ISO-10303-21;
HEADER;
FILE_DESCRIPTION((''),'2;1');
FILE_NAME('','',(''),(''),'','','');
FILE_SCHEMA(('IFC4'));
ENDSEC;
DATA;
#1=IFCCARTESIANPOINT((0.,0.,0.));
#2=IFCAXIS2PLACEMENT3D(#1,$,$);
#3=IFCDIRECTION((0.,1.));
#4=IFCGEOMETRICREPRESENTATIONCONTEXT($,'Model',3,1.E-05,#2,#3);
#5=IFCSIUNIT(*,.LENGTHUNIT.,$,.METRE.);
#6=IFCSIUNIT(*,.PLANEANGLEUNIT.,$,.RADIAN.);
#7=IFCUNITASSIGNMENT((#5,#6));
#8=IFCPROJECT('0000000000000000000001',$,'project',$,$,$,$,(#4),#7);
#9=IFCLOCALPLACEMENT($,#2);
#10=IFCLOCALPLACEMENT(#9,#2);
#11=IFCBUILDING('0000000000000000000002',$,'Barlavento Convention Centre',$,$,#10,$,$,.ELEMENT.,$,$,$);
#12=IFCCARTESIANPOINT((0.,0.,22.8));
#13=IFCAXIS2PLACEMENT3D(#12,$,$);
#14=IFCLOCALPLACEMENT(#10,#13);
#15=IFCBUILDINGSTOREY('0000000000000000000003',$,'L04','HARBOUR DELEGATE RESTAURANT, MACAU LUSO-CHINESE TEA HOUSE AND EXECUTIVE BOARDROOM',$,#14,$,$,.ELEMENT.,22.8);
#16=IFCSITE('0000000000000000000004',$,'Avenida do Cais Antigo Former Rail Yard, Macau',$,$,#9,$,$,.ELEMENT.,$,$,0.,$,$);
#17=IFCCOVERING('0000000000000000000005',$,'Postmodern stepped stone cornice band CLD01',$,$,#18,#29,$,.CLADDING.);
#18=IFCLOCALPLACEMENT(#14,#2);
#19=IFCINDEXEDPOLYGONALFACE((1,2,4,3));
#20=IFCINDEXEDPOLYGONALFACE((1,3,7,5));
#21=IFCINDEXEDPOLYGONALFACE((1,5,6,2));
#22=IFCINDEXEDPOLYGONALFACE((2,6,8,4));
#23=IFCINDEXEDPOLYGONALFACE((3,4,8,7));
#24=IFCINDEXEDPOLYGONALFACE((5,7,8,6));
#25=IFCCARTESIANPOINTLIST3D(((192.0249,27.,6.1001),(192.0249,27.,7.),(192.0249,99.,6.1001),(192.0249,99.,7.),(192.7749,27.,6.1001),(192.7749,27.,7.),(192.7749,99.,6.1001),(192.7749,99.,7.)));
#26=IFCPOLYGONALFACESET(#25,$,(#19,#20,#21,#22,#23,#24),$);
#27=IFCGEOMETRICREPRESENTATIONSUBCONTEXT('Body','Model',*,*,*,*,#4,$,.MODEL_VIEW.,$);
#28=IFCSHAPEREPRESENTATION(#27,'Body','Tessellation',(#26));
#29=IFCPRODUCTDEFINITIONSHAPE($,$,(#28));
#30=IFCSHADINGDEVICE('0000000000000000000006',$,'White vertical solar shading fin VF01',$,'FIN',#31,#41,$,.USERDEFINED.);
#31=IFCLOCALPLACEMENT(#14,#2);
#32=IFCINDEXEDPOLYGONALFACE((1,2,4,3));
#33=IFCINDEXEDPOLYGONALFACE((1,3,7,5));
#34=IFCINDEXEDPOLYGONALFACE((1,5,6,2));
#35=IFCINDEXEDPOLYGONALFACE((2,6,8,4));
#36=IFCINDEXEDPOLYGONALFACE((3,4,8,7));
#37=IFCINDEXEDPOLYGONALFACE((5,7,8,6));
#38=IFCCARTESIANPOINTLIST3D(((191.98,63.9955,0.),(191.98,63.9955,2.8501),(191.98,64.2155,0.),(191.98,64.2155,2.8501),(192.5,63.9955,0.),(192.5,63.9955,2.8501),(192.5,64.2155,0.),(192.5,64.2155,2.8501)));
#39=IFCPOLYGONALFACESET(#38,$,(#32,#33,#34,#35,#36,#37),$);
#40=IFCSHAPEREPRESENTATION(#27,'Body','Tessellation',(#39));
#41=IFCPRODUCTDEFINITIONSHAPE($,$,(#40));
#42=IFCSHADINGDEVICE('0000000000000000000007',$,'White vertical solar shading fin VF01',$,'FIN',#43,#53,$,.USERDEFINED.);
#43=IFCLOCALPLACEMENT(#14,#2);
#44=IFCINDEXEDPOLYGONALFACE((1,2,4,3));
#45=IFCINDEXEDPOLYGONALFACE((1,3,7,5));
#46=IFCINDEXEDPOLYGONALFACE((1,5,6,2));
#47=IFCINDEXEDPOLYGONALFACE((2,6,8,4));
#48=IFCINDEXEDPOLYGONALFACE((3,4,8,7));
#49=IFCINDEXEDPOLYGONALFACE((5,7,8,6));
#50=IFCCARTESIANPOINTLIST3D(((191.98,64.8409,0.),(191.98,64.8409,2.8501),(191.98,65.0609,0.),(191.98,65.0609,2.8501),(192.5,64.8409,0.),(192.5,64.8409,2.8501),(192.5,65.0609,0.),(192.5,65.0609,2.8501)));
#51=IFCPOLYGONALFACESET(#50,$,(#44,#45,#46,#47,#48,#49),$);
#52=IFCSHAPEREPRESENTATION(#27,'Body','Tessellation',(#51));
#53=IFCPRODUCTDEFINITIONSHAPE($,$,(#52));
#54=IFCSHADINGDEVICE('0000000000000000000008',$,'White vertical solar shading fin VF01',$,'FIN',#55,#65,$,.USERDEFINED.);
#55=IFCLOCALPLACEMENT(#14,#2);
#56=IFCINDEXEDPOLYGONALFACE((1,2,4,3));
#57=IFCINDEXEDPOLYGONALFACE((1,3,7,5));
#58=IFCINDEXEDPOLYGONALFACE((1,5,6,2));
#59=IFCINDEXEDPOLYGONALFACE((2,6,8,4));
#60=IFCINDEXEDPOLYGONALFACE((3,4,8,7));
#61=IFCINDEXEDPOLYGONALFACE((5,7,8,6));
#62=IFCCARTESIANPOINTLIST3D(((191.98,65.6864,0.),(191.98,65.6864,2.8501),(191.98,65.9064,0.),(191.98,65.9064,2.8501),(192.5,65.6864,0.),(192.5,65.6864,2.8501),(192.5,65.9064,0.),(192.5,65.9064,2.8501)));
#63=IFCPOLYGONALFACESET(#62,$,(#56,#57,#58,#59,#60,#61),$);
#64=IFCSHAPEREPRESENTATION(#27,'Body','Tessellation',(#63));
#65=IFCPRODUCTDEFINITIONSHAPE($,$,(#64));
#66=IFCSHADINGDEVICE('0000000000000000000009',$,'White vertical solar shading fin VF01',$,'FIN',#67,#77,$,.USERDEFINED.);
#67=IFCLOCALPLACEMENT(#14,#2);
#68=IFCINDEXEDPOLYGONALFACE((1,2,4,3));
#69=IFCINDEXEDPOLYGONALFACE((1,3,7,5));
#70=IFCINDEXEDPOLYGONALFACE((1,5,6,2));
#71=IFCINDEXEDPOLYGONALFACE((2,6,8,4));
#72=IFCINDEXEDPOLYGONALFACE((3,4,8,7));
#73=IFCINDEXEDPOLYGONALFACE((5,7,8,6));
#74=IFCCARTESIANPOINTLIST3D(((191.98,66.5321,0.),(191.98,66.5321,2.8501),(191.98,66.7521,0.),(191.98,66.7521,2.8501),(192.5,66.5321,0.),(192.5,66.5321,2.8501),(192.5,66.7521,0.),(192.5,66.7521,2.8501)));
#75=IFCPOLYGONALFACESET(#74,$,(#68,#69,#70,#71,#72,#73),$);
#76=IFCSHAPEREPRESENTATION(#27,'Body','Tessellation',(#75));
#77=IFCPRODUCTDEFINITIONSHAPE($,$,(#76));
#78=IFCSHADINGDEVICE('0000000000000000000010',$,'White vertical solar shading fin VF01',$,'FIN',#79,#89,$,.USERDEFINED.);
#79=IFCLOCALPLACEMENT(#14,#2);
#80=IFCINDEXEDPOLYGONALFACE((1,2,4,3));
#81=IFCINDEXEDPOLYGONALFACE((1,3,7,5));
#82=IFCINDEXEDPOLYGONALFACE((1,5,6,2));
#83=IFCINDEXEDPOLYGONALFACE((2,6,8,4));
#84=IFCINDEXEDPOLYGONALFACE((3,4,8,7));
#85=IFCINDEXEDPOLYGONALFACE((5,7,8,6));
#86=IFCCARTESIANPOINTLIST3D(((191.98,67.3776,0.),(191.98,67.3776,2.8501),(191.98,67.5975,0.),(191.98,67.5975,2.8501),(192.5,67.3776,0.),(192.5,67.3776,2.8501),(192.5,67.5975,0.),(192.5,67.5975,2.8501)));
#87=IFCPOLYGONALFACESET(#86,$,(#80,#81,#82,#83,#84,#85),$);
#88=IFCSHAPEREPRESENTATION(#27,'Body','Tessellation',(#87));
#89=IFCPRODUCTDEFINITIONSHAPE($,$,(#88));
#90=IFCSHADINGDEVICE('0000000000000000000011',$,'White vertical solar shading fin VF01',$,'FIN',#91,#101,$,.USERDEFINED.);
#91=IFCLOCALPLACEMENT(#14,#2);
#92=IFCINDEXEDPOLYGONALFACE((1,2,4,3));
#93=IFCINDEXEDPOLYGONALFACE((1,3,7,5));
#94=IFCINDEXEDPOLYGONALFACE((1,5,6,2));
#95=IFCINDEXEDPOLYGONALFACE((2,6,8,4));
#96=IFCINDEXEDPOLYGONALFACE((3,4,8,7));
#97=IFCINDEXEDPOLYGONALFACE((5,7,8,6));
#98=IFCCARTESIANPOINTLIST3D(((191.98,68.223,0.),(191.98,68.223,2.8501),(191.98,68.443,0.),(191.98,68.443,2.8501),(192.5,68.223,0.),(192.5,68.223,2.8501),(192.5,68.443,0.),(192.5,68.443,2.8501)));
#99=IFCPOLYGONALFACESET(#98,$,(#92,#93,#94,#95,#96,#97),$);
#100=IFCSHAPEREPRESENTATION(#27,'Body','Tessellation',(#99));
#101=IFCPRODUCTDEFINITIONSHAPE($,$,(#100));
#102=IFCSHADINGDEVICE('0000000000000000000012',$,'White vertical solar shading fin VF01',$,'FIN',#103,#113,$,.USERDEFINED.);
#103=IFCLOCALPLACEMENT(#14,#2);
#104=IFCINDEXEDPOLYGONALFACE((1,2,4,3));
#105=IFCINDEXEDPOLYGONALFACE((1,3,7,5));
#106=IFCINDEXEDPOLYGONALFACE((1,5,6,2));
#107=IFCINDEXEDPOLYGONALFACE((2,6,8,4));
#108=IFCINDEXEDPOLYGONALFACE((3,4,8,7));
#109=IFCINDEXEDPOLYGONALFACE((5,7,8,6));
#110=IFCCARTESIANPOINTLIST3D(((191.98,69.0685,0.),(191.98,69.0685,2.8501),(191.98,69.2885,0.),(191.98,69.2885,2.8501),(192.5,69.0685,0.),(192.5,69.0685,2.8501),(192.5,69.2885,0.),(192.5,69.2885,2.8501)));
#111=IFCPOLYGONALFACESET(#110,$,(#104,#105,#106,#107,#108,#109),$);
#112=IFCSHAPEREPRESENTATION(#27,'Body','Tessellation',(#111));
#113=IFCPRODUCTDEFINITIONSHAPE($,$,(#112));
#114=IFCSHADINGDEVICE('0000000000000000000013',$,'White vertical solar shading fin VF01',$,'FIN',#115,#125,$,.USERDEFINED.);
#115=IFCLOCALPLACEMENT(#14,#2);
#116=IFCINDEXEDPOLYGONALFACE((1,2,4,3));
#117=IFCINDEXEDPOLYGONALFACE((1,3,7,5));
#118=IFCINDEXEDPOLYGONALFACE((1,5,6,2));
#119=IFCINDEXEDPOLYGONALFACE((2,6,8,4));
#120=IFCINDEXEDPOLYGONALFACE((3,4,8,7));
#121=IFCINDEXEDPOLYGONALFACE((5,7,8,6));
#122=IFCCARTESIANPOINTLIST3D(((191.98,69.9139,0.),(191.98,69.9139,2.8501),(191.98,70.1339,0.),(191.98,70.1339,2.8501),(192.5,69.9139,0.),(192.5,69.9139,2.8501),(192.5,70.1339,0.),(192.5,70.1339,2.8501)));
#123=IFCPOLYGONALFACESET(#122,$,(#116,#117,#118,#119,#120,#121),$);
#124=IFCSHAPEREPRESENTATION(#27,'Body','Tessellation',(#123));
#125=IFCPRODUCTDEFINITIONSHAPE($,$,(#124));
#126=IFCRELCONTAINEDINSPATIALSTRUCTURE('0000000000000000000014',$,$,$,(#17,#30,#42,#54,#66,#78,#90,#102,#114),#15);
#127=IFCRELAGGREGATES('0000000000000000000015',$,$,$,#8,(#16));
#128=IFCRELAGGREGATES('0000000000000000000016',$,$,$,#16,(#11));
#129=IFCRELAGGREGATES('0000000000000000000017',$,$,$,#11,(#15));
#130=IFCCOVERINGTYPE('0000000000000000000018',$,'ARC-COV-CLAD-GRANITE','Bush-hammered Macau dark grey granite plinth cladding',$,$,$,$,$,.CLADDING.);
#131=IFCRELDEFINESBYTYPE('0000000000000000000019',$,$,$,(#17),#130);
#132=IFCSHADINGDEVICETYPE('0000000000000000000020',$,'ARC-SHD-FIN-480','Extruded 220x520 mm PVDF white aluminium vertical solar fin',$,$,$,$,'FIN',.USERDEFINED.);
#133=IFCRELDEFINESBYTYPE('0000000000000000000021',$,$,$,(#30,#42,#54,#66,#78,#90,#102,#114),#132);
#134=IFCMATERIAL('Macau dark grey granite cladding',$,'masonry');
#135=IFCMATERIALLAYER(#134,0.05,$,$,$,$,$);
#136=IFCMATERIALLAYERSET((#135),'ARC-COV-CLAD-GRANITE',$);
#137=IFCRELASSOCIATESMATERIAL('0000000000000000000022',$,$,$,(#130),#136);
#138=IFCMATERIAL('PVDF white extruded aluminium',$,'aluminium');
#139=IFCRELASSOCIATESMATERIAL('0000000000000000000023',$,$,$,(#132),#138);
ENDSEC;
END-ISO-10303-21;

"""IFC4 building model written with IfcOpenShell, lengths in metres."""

from ifc_helpers import new_model, si_unit, direction, frame, origin, origin_2d, place, context, subcontext, project, spatial, rectangle, extrude, material, layer, layer_set, type_object, element, save


model = new_model("IFC4")

# Units and contexts
model_context = context("Model", 3, precision=1e-05, world=origin(), true_north=direction((0.0, 1.0)))
body_context = subcontext(model_context, "Body", "Model", "MODEL_VIEW")
ifc_project = project(units=[si_unit("LENGTHUNIT", "METRE"), si_unit("PLANEANGLEUNIT", "RADIAN")], contexts=[model_context])

# Site, building, storey
site_placement = place(None, origin())
site = spatial("IfcSite", under=ifc_project, at=site_placement, Name="Avenida do Cais Antigo Former Rail Yard, Macau", CompositionType="ELEMENT", RefElevation=0.0)
building_placement = place(site_placement, origin())
building = spatial("IfcBuilding", under=site, at=building_placement, Name="Barlavento Convention Centre", CompositionType="ELEMENT")
storey_placement = place(building_placement, frame((0.0, 0.0, 22.8)))
storey = spatial("IfcBuildingStorey", under=building, at=storey_placement, Name="L04", Description="HARBOUR DELEGATE RESTAURANT, MACAU LUSO-CHINESE TEA HOUSE AND EXECUTIVE BOARDROOM", CompositionType="ELEMENT", Elevation=22.8)

# Covering
ifc_material_1 = material(Name="Macau dark grey granite cladding", Category="masonry")
ifc_layer_1 = layer(ifc_material_1, 0.05)
ifc_layer_set_1 = layer_set([ifc_layer_1], Name="ARC-COV-CLAD-GRANITE")
covering_type = type_object("IfcCoveringType", Name="ARC-COV-CLAD-GRANITE", Description="Bush-hammered Macau dark grey granite plinth cladding", PredefinedType="CLADDING", material=ifc_layer_set_1)
covering_placement = place(storey_placement, frame((192.3999, 63.0, 6.1001), z_axis=(0.0, 0.0, 1.0), x_axis=(1.0, 0.0, 0.0)))
element("IfcCovering", 1, at=covering_placement, inside=storey, type_object=covering_type, Name="Postmodern stepped stone cornice band CLD01", PredefinedType="CLADDING", context=body_context, shape_type="SweptSolid", body=[
    extrude(rectangle(XDim=0.75, YDim=72.0, at=origin_2d()), origin(), (0.0, 0.0, 1.0), 0.8999),
])

# Shading devices
ifc_material_2 = material(Name="PVDF white extruded aluminium", Category="aluminium")
shading_device_type = type_object("IfcShadingDeviceType", Name="ARC-SHD-FIN-480", Description="Extruded 220x520 mm PVDF white aluminium vertical solar fin", ElementType="FIN", PredefinedType="USERDEFINED", material=ifc_material_2)
for number, where, z_axis, x_axis, name in (
    (2, (192.24, 64.1055, 0.0), (0.0, 0.0, 1.0), (0.0, 1.0, 0.0), "White vertical solar shading fin VF01"),
    (3, (192.24, 64.9509, 0.0), (0.0, 0.0, 1.0), (0.0, 1.0, 0.0), "White vertical solar shading fin VF01"),
    (4, (192.24, 65.7964, 0.0), (0.0, 0.0, 1.0), (0.0, 1.0, 0.0), "White vertical solar shading fin VF01"),
    (5, (192.24, 66.6421, 0.0), (0.0, 0.0, 1.0), (0.0, 1.0, 0.0), "White vertical solar shading fin VF01"),
    (6, (192.24, 67.4875, 0.0), (0.0, 0.0, 1.0), (0.0, 1.0, 0.0), "White vertical solar shading fin VF01"),
    (7, (192.24, 68.333, 0.0), (0.0, 0.0, 1.0), (0.0, 1.0, 0.0), "White vertical solar shading fin VF01"),
    (8, (192.24, 69.1785, 0.0), (0.0, 0.0, 1.0), (0.0, 1.0, 0.0), "White vertical solar shading fin VF01"),
    (9, (192.24, 70.0239, 0.0), (0.0, 0.0, 1.0), (0.0, 1.0, 0.0), "White vertical solar shading fin VF01"),
):
    element("IfcShadingDevice", number, at=place(storey_placement, frame(where, z_axis=z_axis, x_axis=x_axis)), inside=storey, type_object=shading_device_type, Name=name, ObjectType="FIN", PredefinedType="USERDEFINED", context=body_context, shape_type="SweptSolid", body=[
        extrude(rectangle(XDim=0.22, YDim=0.52, at=origin_2d()), origin(), (0.0, 0.0, 1.0), 2.8501),
    ])

save(model, "model.ifc")
